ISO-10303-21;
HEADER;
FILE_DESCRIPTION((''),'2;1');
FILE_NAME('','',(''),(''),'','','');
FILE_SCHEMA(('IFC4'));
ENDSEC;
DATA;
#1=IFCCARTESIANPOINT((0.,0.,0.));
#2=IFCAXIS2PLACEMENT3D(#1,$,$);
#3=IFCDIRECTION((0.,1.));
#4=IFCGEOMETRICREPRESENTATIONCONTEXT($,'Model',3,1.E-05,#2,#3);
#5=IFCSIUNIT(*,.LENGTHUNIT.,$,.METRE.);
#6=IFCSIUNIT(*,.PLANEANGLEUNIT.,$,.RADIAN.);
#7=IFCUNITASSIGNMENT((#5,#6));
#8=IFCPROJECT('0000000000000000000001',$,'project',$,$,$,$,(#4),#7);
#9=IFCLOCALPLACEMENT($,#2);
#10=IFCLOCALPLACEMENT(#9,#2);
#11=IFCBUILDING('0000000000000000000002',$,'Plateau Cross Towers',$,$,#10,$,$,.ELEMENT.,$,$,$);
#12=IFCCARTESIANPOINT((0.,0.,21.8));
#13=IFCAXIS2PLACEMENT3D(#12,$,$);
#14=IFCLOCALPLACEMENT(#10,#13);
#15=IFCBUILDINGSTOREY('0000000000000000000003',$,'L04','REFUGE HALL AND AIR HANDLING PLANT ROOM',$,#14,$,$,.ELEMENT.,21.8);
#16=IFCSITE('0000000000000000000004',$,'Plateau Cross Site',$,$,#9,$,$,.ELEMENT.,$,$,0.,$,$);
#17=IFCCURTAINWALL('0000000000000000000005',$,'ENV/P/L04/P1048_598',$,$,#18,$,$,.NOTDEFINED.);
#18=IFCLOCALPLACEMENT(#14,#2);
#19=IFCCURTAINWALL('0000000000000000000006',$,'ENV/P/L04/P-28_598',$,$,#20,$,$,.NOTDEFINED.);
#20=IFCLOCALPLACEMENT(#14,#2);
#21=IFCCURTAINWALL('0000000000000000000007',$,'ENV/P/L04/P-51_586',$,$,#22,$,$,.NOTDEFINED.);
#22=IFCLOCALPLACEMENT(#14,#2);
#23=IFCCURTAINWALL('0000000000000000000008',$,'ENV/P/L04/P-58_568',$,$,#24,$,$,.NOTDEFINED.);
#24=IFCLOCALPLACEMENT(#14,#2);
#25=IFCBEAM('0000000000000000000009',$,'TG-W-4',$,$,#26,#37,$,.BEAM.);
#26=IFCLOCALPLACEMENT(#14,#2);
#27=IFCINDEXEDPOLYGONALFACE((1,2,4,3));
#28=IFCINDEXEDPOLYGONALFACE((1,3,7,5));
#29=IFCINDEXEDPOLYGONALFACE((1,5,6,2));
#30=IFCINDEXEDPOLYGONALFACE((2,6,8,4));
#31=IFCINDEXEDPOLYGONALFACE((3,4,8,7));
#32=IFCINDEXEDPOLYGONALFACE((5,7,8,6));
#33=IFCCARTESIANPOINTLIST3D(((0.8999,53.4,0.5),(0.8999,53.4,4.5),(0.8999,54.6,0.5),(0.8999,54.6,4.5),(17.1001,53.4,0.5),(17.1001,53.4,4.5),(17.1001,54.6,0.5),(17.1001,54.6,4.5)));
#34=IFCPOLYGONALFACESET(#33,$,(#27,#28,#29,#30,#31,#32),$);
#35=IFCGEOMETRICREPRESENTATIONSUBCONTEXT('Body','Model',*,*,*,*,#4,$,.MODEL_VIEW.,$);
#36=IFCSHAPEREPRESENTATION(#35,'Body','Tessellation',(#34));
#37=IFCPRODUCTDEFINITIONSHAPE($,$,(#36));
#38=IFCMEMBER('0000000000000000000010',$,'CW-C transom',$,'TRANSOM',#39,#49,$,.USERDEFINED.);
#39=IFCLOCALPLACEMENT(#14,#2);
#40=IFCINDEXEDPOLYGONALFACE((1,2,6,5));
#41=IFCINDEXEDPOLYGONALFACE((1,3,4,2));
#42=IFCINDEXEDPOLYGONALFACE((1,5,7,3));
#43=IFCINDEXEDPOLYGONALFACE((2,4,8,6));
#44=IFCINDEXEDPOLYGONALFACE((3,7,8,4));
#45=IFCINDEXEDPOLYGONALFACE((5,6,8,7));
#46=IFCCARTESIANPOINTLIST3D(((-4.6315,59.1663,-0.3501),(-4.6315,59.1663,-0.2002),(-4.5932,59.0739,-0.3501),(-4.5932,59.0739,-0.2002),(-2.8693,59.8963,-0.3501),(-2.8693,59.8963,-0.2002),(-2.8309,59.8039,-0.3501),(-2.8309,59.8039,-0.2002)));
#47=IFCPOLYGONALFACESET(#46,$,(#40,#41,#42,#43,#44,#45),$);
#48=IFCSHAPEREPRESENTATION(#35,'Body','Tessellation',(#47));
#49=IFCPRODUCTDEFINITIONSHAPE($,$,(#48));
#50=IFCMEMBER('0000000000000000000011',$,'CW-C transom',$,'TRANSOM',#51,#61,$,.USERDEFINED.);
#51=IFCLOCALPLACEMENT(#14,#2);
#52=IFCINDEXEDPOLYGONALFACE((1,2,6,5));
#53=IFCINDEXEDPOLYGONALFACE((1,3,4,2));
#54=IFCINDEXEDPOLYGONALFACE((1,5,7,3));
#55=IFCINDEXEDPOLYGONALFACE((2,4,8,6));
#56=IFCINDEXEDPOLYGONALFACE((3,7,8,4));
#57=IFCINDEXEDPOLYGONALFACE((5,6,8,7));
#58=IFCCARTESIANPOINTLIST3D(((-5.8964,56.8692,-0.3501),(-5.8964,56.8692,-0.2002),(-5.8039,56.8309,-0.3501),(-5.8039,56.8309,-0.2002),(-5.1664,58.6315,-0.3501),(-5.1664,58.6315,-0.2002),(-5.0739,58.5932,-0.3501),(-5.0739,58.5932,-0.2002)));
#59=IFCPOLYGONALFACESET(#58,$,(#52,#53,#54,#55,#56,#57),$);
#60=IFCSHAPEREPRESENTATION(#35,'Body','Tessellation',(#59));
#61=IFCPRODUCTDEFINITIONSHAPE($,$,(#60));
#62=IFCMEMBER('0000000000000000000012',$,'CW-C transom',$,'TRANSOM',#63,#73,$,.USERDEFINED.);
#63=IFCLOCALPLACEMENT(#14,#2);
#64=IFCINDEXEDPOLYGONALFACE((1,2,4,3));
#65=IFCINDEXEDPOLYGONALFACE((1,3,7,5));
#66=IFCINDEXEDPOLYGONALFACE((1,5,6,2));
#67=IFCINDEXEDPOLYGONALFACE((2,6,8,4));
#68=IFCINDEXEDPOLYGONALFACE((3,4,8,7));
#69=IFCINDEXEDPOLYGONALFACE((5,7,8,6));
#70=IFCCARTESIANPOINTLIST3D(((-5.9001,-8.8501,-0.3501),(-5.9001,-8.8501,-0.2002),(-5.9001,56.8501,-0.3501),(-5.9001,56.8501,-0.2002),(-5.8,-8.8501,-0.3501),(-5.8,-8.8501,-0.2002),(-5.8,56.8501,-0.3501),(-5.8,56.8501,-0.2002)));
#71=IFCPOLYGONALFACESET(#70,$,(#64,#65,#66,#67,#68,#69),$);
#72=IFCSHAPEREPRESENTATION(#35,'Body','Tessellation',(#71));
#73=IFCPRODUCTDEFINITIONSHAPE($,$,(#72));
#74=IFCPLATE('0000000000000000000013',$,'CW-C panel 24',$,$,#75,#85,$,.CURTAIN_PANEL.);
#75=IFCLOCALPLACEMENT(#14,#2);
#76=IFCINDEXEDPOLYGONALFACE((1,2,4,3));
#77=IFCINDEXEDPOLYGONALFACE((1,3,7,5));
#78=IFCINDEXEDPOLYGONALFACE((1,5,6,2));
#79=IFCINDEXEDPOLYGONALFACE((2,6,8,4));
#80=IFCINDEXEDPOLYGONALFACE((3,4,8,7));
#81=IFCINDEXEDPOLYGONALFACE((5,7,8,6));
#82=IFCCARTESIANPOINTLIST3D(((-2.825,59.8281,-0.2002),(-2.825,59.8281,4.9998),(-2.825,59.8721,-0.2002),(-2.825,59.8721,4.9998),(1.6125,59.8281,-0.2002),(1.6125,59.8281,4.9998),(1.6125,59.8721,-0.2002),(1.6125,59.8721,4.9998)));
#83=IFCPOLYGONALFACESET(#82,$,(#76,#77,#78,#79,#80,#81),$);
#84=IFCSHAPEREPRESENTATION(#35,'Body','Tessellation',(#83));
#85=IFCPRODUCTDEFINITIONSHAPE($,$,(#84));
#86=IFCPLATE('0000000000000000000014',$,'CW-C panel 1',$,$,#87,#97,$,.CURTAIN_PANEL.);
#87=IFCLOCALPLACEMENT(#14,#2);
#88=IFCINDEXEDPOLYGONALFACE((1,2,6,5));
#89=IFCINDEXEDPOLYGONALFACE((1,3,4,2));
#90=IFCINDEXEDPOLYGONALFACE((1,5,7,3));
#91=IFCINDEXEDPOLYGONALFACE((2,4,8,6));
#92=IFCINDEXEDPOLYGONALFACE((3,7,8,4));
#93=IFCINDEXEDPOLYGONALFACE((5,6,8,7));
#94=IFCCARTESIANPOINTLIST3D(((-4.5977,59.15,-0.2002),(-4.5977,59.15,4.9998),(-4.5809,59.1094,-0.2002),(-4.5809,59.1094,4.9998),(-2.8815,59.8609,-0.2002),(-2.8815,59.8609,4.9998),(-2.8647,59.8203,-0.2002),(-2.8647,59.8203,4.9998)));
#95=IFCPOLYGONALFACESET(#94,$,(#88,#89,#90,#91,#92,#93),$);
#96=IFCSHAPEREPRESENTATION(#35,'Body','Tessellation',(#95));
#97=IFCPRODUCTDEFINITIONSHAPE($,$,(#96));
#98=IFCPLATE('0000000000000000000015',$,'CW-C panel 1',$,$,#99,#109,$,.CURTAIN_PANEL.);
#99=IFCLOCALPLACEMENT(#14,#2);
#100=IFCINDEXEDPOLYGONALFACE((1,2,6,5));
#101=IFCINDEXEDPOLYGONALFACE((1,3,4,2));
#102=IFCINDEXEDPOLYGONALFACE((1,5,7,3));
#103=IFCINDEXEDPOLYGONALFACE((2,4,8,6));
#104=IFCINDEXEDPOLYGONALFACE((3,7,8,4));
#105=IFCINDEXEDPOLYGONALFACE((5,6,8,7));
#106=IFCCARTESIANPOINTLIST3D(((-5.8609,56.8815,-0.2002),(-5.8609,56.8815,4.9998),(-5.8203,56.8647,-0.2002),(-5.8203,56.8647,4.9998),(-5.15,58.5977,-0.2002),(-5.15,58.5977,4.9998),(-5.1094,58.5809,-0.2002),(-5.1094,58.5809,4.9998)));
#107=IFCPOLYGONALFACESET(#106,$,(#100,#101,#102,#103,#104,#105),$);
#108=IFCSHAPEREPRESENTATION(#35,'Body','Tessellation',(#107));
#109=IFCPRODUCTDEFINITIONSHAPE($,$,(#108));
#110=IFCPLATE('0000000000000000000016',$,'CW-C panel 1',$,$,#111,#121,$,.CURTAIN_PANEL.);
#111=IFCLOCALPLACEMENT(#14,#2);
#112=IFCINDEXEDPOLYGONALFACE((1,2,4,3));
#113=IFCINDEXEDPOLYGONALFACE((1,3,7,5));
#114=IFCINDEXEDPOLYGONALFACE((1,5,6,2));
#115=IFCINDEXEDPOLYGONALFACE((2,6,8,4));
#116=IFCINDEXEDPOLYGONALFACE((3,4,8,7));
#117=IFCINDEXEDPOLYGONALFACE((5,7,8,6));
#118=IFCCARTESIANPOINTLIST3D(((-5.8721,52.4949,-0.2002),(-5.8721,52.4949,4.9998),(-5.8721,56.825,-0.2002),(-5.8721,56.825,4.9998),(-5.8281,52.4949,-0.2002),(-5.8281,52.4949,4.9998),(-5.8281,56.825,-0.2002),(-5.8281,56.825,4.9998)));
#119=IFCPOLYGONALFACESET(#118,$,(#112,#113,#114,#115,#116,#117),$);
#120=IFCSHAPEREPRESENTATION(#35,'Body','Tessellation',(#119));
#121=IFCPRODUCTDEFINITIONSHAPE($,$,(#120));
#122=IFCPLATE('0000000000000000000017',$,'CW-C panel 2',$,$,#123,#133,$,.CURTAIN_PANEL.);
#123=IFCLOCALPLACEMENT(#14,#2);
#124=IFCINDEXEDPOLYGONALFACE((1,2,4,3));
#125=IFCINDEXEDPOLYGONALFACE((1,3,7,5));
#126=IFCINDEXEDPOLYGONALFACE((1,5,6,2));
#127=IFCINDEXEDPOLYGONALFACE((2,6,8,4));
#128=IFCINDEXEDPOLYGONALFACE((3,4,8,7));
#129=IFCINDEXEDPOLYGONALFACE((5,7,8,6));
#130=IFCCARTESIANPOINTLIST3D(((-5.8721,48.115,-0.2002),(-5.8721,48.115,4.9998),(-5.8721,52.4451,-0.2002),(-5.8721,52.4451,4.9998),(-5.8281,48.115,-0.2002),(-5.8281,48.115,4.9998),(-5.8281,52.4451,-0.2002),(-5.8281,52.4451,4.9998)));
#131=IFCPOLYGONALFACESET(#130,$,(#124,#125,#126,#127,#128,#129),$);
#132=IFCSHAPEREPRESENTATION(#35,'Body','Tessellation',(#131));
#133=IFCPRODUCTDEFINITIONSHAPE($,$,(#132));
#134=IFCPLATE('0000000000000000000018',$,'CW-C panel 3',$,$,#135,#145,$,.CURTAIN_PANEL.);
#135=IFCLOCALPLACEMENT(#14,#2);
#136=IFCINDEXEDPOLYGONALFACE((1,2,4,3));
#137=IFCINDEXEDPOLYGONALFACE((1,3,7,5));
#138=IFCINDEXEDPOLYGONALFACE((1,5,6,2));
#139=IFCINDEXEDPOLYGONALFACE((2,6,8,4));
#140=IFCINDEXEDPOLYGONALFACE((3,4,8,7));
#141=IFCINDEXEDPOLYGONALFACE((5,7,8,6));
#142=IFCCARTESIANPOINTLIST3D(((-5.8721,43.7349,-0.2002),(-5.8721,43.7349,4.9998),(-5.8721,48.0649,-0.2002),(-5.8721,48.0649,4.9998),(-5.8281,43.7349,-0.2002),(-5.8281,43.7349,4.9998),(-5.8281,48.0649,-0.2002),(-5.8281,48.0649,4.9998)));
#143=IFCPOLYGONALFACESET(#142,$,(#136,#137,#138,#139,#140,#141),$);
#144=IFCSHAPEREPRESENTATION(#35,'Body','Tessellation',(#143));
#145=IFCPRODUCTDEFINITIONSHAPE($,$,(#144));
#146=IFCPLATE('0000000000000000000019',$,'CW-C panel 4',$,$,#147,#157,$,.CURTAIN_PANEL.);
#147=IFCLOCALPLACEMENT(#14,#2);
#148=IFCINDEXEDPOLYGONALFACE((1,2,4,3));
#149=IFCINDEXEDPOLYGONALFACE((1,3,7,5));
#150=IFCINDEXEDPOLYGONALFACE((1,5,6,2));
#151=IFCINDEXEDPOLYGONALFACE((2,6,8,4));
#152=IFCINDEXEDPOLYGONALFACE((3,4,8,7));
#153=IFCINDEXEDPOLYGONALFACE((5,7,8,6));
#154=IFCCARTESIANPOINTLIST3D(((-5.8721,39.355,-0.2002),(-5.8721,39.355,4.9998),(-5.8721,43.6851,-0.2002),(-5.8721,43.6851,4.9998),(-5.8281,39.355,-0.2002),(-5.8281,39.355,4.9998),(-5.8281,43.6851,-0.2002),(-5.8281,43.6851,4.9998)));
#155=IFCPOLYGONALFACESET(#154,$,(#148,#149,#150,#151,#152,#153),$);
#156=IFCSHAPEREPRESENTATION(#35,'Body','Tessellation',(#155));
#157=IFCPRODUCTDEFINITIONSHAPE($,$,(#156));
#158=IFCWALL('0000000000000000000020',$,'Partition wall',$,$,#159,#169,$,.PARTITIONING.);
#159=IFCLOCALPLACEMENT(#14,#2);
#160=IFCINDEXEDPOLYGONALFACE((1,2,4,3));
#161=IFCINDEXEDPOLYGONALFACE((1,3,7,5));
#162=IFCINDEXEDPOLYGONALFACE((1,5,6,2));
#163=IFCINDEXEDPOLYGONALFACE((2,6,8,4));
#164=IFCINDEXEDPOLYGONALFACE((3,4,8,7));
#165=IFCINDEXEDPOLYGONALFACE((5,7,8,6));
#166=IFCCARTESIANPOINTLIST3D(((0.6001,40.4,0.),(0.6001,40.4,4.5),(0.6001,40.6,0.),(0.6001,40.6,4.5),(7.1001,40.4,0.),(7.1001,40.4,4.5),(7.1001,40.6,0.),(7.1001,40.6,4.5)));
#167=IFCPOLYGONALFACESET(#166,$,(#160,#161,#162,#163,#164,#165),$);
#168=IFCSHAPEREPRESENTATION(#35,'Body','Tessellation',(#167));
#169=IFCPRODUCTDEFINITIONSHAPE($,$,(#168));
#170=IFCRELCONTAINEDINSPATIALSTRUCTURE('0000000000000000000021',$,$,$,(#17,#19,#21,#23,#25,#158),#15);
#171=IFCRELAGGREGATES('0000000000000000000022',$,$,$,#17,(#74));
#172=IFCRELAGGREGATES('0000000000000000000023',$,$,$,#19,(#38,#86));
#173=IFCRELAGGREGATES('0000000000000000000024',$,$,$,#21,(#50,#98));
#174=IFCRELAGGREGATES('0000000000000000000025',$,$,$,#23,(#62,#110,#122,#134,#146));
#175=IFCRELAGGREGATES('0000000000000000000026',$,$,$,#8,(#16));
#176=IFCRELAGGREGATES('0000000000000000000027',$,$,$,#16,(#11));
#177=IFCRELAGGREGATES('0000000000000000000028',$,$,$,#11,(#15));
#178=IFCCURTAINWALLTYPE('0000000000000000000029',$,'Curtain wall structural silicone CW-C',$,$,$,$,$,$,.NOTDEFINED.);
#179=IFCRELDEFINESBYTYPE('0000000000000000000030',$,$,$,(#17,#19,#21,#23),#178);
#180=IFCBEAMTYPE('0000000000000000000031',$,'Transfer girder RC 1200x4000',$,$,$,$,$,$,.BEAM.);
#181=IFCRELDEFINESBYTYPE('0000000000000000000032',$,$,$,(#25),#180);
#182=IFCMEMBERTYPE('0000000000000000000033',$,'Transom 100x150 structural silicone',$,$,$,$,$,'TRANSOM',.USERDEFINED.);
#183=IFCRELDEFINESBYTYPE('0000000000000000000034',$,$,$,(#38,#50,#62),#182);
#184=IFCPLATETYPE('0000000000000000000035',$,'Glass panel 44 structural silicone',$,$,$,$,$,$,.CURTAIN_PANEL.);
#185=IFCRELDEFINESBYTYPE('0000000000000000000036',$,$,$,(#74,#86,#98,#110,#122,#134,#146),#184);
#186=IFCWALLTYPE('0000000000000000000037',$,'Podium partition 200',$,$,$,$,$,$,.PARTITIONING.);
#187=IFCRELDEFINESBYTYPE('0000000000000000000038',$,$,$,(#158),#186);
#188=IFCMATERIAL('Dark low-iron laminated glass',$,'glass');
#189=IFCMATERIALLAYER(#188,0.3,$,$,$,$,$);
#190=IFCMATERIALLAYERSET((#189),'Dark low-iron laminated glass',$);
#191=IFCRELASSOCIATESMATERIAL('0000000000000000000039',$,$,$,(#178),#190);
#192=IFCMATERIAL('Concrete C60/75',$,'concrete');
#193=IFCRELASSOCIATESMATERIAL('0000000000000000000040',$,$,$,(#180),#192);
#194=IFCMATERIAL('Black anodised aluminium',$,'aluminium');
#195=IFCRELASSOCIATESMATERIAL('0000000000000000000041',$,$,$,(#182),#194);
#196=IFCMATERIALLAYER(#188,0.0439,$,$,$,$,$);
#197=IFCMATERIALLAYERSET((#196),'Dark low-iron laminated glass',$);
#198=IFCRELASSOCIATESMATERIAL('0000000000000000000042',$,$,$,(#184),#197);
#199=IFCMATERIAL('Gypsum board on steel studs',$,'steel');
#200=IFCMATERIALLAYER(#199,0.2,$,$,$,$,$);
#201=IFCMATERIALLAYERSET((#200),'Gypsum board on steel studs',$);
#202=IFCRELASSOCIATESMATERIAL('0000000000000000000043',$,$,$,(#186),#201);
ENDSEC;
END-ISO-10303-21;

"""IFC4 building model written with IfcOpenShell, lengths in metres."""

from ifc_helpers import new_model, si_unit, direction, frame, frame_2d, origin, origin_2d, place, context, subcontext, project, spatial, rectangle, extrude, material, layer, layer_set, material_profile, profile_set, type_object, element, aggregate, save


model = new_model("IFC4")

# Units and contexts
model_context = context("Model", 3, precision=1e-05, world=origin(), true_north=direction((0.0, 1.0)))
body_context = subcontext(model_context, "Body", "Model", "MODEL_VIEW")
ifc_project = project(units=[si_unit("LENGTHUNIT", "METRE"), si_unit("PLANEANGLEUNIT", "RADIAN")], contexts=[model_context])

# Site, building, storey
site_placement = place(None, origin())
site = spatial("IfcSite", under=ifc_project, at=site_placement, Name="Plateau Cross Site", CompositionType="ELEMENT", RefElevation=0.0)
building_placement = place(site_placement, origin())
building = spatial("IfcBuilding", under=site, at=building_placement, Name="Plateau Cross Towers", CompositionType="ELEMENT")
storey_placement = place(building_placement, frame((0.0, 0.0, 21.8)))
storey = spatial("IfcBuildingStorey", under=building, at=storey_placement, Name="L04", Description="REFUGE HALL AND AIR HANDLING PLANT ROOM", CompositionType="ELEMENT", Elevation=21.8)

# Shared definitions
ifc_material_1 = material(Name="Concrete C60/75", Category="concrete")

# Curtain wall
ifc_material_2 = material(Name="Dark low-iron laminated glass", Category="glass")
ifc_layer_1 = layer(ifc_material_2, 0.3)
ifc_layer_set_1 = layer_set([ifc_layer_1], Name="Dark low-iron laminated glass")
curtain_wall_type = type_object("IfcCurtainWallType", Name="Curtain wall structural silicone CW-C", PredefinedType="NOTDEFINED", material=ifc_layer_set_1)
curtain_wall_1_placement = place(storey_placement, origin())
curtain_wall_1 = element("IfcCurtainWall", 1, at=curtain_wall_1_placement, inside=storey, type_object=curtain_wall_type, Name="ENV/P/L04/P1048_598", PredefinedType="NOTDEFINED")
ifc_material_3 = material(Name="Black anodised aluminium", Category="aluminium")

# Curtain wall
curtain_wall_2_placement = place(storey_placement, origin())
curtain_wall_2 = element("IfcCurtainWall", 2, at=curtain_wall_2_placement, inside=storey, type_object=curtain_wall_type, Name="ENV/P/L04/P-28_598", PredefinedType="NOTDEFINED")

# Curtain wall
curtain_wall_3_placement = place(storey_placement, origin())
curtain_wall_3 = element("IfcCurtainWall", 3, at=curtain_wall_3_placement, inside=storey, type_object=curtain_wall_type, Name="ENV/P/L04/P-51_586", PredefinedType="NOTDEFINED")

# Curtain wall
curtain_wall_4_placement = place(storey_placement, origin())
curtain_wall_4 = element("IfcCurtainWall", 4, at=curtain_wall_4_placement, inside=storey, type_object=curtain_wall_type, Name="ENV/P/L04/P-58_568", PredefinedType="NOTDEFINED")

# Beam
ifc_material_profile_1 = material_profile(ifc_material_1, rectangle(XDim=1.2, YDim=4.0, at=origin_2d()), Name="RC 1200x4000")
ifc_profile_set_1 = profile_set([ifc_material_profile_1], Name="Concrete C60/75")
beam_type = type_object("IfcBeamType", Name="Transfer girder RC 1200x4000", PredefinedType="BEAM", material=ifc_profile_set_1)
beam_placement = place(storey_placement, frame((0.8999, 54.0, 2.5), z_axis=(1.0, 0.0, 0.0), x_axis=(0.0, 1.0, 0.0)))
element("IfcBeam", 5, at=beam_placement, inside=storey, type_object=beam_type, Name="TG-W-4", PredefinedType="BEAM", context=body_context, shape_type="SweptSolid", body=[
    extrude(rectangle(XDim=1.2, YDim=4.0, at=origin_2d()), origin(), (0.0, 0.0, 1.0), 16.2002),
])

# Members
ifc_material_profile_2 = material_profile(ifc_material_3, rectangle(XDim=0.1001, YDim=0.1499, at=origin_2d()), Name="TRANSOM 100x150")
ifc_profile_set_2 = profile_set([ifc_material_profile_2], Name="Black anodised aluminium")
member_type_1 = type_object("IfcMemberType", Name="Transom 100x150 structural silicone", ElementType="TRANSOM", PredefinedType="USERDEFINED", material=ifc_profile_set_2)
member_1_placement = place(storey_placement, frame((-2.8501, 59.8501, -0.2751), z_axis=(-0.92387, -0.382706, 0.0), x_axis=(0.382706, -0.92387, 0.0)))
member_1 = element("IfcMember", 6, at=member_1_placement, type_object=member_type_1, Name="CW-C transom", ObjectType="TRANSOM", PredefinedType="USERDEFINED", context=body_context, shape_type="SweptSolid", body=[
    extrude(rectangle(XDim=0.1001, YDim=0.1499, at=origin_2d()), origin(), (0.0, 0.0, 1.0), 1.9075),
])
member_2_placement = place(storey_placement, frame((-5.1201, 58.6123, -0.2751), z_axis=(-0.382706, -0.92387, 0.0), x_axis=(0.92387, -0.382706, 0.0)))
member_2 = element("IfcMember", 7, at=member_2_placement, type_object=member_type_1, Name="CW-C transom", ObjectType="TRANSOM", PredefinedType="USERDEFINED", context=body_context, shape_type="SweptSolid", body=[
    extrude(rectangle(XDim=0.1001, YDim=0.1499, at=origin_2d()), origin(), (0.0, 0.0, 1.0), 1.9075),
])
member_3_placement = place(storey_placement, frame((-5.8501, 56.8501, -0.2751), z_axis=(0.0, -1.0, 0.0), x_axis=(1.0, 0.0, 0.0)))
member_3 = element("IfcMember", 8, at=member_3_placement, type_object=member_type_1, Name="CW-C transom", ObjectType="TRANSOM", PredefinedType="USERDEFINED", context=body_context, shape_type="SweptSolid", body=[
    extrude(rectangle(XDim=0.1001, YDim=0.1499, at=origin_2d()), origin(), (0.0, 0.0, 1.0), 65.7002),
])

# Plates
ifc_layer_2 = layer(ifc_material_2, 0.0439)
ifc_layer_set_2 = layer_set([ifc_layer_2], Name="Dark low-iron laminated glass")
plate_type = type_object("IfcPlateType", Name="Glass panel 44 structural silicone", PredefinedType="CURTAIN_PANEL", material=ifc_layer_set_2)
plate_1_placement = place(storey_placement, frame((-0.6062, 59.8501, -0.2002), z_axis=(0.0, 0.0, 1.0), x_axis=(-1.0, 0.0, 0.0)))
plate_1 = element("IfcPlate", 9, at=plate_1_placement, type_object=plate_type, Name="CW-C panel 24", PredefinedType="CURTAIN_PANEL", context=body_context, shape_type="SweptSolid", body=[
    extrude(rectangle(XDim=4.4375, YDim=0.0439, at=origin_2d()), origin(), (0.0, 0.0, 1.0), 5.2),
])
aggregate(curtain_wall_1, [plate_1])
plate_2_placement = place(storey_placement, frame((-3.7312, 59.4851, -0.2002), z_axis=(0.0, 0.0, 1.0), x_axis=(-0.923879, -0.382684, 0.0)))
plate_2 = element("IfcPlate", 10, at=plate_2_placement, type_object=plate_type, Name="CW-C panel 1", PredefinedType="CURTAIN_PANEL", context=body_context, shape_type="SweptSolid", body=[
    extrude(rectangle(XDim=1.8577, YDim=0.0439, at=origin_2d()), origin(), (0.0, 0.0, 1.0), 5.2),
])
aggregate(curtain_wall_2, [member_1, plate_2])
plate_3_placement = place(storey_placement, frame((-5.4851, 57.7312, -0.2002), z_axis=(0.0, 0.0, 1.0), x_axis=(-0.382684, -0.923879, 0.0)))
plate_3 = element("IfcPlate", 11, at=plate_3_placement, type_object=plate_type, Name="CW-C panel 1", PredefinedType="CURTAIN_PANEL", context=body_context, shape_type="SweptSolid", body=[
    extrude(rectangle(XDim=1.8577, YDim=0.0439, at=origin_2d()), origin(), (0.0, 0.0, 1.0), 5.2),
])
aggregate(curtain_wall_3, [member_2, plate_3])
plate_4_placement = place(storey_placement, frame((-5.8501, 54.6599, -0.2002), z_axis=(0.0, 0.0, 1.0), x_axis=(0.0, -1.0, 0.0)))
plate_4 = element("IfcPlate", 12, at=plate_4_placement, type_object=plate_type, Name="CW-C panel 1", PredefinedType="CURTAIN_PANEL", context=body_context, shape_type="SweptSolid", body=[
    extrude(rectangle(XDim=4.3301, YDim=0.0439, at=origin_2d()), origin(), (0.0, 0.0, 1.0), 5.2),
])
plate_5_placement = place(storey_placement, frame((-5.8501, 50.28, -0.2002), z_axis=(0.0, 0.0, 1.0), x_axis=(0.0, -1.0, 0.0)))
plate_5 = element("IfcPlate", 13, at=plate_5_placement, type_object=plate_type, Name="CW-C panel 2", PredefinedType="CURTAIN_PANEL", context=body_context, shape_type="SweptSolid", body=[
    extrude(rectangle(XDim=4.3301, YDim=0.0439, at=origin_2d()), origin(), (0.0, 0.0, 1.0), 5.2),
])
plate_6_placement = place(storey_placement, frame((-5.8501, 45.8999, -0.2002), z_axis=(0.0, 0.0, 1.0), x_axis=(0.0, -1.0, 0.0)))
plate_6 = element("IfcPlate", 14, at=plate_6_placement, type_object=plate_type, Name="CW-C panel 3", PredefinedType="CURTAIN_PANEL", context=body_context, shape_type="SweptSolid", body=[
    extrude(rectangle(XDim=4.3301, YDim=0.0439, at=origin_2d()), origin(), (0.0, 0.0, 1.0), 5.2),
])
plate_7_placement = place(storey_placement, frame((-5.8501, 41.52, -0.2002), z_axis=(0.0, 0.0, 1.0), x_axis=(0.0, -1.0, 0.0)))
plate_7 = element("IfcPlate", 15, at=plate_7_placement, type_object=plate_type, Name="CW-C panel 4", PredefinedType="CURTAIN_PANEL", context=body_context, shape_type="SweptSolid", body=[
    extrude(rectangle(XDim=4.3301, YDim=0.0439, at=origin_2d()), origin(), (0.0, 0.0, 1.0), 5.2),
])
aggregate(curtain_wall_4, [member_3, plate_4, plate_5, plate_6, plate_7])

# Wall
ifc_material_4 = material(Name="Gypsum board on steel studs", Category="steel")
ifc_layer_3 = layer(ifc_material_4, 0.2)
ifc_layer_set_3 = layer_set([ifc_layer_3], Name="Gypsum board on steel studs")
wall_type = type_object("IfcWallType", Name="Podium partition 200", PredefinedType="PARTITIONING", material=ifc_layer_set_3)
wall_placement = place(storey_placement, frame((0.6001, 40.5, 0.0), z_axis=(0.0, 0.0, 1.0), x_axis=(1.0, 0.0, 0.0)))
element("IfcWall", 16, at=wall_placement, inside=storey, type_object=wall_type, Name="Partition wall", PredefinedType="PARTITIONING", context=body_context, shape_type="SweptSolid", body=[
    extrude(rectangle(XDim=6.5, YDim=0.2, at=frame_2d((3.25, 0.0))), origin(), (0.0, 0.0, 1.0), 4.5),
])

save(model, "model.ifc")
